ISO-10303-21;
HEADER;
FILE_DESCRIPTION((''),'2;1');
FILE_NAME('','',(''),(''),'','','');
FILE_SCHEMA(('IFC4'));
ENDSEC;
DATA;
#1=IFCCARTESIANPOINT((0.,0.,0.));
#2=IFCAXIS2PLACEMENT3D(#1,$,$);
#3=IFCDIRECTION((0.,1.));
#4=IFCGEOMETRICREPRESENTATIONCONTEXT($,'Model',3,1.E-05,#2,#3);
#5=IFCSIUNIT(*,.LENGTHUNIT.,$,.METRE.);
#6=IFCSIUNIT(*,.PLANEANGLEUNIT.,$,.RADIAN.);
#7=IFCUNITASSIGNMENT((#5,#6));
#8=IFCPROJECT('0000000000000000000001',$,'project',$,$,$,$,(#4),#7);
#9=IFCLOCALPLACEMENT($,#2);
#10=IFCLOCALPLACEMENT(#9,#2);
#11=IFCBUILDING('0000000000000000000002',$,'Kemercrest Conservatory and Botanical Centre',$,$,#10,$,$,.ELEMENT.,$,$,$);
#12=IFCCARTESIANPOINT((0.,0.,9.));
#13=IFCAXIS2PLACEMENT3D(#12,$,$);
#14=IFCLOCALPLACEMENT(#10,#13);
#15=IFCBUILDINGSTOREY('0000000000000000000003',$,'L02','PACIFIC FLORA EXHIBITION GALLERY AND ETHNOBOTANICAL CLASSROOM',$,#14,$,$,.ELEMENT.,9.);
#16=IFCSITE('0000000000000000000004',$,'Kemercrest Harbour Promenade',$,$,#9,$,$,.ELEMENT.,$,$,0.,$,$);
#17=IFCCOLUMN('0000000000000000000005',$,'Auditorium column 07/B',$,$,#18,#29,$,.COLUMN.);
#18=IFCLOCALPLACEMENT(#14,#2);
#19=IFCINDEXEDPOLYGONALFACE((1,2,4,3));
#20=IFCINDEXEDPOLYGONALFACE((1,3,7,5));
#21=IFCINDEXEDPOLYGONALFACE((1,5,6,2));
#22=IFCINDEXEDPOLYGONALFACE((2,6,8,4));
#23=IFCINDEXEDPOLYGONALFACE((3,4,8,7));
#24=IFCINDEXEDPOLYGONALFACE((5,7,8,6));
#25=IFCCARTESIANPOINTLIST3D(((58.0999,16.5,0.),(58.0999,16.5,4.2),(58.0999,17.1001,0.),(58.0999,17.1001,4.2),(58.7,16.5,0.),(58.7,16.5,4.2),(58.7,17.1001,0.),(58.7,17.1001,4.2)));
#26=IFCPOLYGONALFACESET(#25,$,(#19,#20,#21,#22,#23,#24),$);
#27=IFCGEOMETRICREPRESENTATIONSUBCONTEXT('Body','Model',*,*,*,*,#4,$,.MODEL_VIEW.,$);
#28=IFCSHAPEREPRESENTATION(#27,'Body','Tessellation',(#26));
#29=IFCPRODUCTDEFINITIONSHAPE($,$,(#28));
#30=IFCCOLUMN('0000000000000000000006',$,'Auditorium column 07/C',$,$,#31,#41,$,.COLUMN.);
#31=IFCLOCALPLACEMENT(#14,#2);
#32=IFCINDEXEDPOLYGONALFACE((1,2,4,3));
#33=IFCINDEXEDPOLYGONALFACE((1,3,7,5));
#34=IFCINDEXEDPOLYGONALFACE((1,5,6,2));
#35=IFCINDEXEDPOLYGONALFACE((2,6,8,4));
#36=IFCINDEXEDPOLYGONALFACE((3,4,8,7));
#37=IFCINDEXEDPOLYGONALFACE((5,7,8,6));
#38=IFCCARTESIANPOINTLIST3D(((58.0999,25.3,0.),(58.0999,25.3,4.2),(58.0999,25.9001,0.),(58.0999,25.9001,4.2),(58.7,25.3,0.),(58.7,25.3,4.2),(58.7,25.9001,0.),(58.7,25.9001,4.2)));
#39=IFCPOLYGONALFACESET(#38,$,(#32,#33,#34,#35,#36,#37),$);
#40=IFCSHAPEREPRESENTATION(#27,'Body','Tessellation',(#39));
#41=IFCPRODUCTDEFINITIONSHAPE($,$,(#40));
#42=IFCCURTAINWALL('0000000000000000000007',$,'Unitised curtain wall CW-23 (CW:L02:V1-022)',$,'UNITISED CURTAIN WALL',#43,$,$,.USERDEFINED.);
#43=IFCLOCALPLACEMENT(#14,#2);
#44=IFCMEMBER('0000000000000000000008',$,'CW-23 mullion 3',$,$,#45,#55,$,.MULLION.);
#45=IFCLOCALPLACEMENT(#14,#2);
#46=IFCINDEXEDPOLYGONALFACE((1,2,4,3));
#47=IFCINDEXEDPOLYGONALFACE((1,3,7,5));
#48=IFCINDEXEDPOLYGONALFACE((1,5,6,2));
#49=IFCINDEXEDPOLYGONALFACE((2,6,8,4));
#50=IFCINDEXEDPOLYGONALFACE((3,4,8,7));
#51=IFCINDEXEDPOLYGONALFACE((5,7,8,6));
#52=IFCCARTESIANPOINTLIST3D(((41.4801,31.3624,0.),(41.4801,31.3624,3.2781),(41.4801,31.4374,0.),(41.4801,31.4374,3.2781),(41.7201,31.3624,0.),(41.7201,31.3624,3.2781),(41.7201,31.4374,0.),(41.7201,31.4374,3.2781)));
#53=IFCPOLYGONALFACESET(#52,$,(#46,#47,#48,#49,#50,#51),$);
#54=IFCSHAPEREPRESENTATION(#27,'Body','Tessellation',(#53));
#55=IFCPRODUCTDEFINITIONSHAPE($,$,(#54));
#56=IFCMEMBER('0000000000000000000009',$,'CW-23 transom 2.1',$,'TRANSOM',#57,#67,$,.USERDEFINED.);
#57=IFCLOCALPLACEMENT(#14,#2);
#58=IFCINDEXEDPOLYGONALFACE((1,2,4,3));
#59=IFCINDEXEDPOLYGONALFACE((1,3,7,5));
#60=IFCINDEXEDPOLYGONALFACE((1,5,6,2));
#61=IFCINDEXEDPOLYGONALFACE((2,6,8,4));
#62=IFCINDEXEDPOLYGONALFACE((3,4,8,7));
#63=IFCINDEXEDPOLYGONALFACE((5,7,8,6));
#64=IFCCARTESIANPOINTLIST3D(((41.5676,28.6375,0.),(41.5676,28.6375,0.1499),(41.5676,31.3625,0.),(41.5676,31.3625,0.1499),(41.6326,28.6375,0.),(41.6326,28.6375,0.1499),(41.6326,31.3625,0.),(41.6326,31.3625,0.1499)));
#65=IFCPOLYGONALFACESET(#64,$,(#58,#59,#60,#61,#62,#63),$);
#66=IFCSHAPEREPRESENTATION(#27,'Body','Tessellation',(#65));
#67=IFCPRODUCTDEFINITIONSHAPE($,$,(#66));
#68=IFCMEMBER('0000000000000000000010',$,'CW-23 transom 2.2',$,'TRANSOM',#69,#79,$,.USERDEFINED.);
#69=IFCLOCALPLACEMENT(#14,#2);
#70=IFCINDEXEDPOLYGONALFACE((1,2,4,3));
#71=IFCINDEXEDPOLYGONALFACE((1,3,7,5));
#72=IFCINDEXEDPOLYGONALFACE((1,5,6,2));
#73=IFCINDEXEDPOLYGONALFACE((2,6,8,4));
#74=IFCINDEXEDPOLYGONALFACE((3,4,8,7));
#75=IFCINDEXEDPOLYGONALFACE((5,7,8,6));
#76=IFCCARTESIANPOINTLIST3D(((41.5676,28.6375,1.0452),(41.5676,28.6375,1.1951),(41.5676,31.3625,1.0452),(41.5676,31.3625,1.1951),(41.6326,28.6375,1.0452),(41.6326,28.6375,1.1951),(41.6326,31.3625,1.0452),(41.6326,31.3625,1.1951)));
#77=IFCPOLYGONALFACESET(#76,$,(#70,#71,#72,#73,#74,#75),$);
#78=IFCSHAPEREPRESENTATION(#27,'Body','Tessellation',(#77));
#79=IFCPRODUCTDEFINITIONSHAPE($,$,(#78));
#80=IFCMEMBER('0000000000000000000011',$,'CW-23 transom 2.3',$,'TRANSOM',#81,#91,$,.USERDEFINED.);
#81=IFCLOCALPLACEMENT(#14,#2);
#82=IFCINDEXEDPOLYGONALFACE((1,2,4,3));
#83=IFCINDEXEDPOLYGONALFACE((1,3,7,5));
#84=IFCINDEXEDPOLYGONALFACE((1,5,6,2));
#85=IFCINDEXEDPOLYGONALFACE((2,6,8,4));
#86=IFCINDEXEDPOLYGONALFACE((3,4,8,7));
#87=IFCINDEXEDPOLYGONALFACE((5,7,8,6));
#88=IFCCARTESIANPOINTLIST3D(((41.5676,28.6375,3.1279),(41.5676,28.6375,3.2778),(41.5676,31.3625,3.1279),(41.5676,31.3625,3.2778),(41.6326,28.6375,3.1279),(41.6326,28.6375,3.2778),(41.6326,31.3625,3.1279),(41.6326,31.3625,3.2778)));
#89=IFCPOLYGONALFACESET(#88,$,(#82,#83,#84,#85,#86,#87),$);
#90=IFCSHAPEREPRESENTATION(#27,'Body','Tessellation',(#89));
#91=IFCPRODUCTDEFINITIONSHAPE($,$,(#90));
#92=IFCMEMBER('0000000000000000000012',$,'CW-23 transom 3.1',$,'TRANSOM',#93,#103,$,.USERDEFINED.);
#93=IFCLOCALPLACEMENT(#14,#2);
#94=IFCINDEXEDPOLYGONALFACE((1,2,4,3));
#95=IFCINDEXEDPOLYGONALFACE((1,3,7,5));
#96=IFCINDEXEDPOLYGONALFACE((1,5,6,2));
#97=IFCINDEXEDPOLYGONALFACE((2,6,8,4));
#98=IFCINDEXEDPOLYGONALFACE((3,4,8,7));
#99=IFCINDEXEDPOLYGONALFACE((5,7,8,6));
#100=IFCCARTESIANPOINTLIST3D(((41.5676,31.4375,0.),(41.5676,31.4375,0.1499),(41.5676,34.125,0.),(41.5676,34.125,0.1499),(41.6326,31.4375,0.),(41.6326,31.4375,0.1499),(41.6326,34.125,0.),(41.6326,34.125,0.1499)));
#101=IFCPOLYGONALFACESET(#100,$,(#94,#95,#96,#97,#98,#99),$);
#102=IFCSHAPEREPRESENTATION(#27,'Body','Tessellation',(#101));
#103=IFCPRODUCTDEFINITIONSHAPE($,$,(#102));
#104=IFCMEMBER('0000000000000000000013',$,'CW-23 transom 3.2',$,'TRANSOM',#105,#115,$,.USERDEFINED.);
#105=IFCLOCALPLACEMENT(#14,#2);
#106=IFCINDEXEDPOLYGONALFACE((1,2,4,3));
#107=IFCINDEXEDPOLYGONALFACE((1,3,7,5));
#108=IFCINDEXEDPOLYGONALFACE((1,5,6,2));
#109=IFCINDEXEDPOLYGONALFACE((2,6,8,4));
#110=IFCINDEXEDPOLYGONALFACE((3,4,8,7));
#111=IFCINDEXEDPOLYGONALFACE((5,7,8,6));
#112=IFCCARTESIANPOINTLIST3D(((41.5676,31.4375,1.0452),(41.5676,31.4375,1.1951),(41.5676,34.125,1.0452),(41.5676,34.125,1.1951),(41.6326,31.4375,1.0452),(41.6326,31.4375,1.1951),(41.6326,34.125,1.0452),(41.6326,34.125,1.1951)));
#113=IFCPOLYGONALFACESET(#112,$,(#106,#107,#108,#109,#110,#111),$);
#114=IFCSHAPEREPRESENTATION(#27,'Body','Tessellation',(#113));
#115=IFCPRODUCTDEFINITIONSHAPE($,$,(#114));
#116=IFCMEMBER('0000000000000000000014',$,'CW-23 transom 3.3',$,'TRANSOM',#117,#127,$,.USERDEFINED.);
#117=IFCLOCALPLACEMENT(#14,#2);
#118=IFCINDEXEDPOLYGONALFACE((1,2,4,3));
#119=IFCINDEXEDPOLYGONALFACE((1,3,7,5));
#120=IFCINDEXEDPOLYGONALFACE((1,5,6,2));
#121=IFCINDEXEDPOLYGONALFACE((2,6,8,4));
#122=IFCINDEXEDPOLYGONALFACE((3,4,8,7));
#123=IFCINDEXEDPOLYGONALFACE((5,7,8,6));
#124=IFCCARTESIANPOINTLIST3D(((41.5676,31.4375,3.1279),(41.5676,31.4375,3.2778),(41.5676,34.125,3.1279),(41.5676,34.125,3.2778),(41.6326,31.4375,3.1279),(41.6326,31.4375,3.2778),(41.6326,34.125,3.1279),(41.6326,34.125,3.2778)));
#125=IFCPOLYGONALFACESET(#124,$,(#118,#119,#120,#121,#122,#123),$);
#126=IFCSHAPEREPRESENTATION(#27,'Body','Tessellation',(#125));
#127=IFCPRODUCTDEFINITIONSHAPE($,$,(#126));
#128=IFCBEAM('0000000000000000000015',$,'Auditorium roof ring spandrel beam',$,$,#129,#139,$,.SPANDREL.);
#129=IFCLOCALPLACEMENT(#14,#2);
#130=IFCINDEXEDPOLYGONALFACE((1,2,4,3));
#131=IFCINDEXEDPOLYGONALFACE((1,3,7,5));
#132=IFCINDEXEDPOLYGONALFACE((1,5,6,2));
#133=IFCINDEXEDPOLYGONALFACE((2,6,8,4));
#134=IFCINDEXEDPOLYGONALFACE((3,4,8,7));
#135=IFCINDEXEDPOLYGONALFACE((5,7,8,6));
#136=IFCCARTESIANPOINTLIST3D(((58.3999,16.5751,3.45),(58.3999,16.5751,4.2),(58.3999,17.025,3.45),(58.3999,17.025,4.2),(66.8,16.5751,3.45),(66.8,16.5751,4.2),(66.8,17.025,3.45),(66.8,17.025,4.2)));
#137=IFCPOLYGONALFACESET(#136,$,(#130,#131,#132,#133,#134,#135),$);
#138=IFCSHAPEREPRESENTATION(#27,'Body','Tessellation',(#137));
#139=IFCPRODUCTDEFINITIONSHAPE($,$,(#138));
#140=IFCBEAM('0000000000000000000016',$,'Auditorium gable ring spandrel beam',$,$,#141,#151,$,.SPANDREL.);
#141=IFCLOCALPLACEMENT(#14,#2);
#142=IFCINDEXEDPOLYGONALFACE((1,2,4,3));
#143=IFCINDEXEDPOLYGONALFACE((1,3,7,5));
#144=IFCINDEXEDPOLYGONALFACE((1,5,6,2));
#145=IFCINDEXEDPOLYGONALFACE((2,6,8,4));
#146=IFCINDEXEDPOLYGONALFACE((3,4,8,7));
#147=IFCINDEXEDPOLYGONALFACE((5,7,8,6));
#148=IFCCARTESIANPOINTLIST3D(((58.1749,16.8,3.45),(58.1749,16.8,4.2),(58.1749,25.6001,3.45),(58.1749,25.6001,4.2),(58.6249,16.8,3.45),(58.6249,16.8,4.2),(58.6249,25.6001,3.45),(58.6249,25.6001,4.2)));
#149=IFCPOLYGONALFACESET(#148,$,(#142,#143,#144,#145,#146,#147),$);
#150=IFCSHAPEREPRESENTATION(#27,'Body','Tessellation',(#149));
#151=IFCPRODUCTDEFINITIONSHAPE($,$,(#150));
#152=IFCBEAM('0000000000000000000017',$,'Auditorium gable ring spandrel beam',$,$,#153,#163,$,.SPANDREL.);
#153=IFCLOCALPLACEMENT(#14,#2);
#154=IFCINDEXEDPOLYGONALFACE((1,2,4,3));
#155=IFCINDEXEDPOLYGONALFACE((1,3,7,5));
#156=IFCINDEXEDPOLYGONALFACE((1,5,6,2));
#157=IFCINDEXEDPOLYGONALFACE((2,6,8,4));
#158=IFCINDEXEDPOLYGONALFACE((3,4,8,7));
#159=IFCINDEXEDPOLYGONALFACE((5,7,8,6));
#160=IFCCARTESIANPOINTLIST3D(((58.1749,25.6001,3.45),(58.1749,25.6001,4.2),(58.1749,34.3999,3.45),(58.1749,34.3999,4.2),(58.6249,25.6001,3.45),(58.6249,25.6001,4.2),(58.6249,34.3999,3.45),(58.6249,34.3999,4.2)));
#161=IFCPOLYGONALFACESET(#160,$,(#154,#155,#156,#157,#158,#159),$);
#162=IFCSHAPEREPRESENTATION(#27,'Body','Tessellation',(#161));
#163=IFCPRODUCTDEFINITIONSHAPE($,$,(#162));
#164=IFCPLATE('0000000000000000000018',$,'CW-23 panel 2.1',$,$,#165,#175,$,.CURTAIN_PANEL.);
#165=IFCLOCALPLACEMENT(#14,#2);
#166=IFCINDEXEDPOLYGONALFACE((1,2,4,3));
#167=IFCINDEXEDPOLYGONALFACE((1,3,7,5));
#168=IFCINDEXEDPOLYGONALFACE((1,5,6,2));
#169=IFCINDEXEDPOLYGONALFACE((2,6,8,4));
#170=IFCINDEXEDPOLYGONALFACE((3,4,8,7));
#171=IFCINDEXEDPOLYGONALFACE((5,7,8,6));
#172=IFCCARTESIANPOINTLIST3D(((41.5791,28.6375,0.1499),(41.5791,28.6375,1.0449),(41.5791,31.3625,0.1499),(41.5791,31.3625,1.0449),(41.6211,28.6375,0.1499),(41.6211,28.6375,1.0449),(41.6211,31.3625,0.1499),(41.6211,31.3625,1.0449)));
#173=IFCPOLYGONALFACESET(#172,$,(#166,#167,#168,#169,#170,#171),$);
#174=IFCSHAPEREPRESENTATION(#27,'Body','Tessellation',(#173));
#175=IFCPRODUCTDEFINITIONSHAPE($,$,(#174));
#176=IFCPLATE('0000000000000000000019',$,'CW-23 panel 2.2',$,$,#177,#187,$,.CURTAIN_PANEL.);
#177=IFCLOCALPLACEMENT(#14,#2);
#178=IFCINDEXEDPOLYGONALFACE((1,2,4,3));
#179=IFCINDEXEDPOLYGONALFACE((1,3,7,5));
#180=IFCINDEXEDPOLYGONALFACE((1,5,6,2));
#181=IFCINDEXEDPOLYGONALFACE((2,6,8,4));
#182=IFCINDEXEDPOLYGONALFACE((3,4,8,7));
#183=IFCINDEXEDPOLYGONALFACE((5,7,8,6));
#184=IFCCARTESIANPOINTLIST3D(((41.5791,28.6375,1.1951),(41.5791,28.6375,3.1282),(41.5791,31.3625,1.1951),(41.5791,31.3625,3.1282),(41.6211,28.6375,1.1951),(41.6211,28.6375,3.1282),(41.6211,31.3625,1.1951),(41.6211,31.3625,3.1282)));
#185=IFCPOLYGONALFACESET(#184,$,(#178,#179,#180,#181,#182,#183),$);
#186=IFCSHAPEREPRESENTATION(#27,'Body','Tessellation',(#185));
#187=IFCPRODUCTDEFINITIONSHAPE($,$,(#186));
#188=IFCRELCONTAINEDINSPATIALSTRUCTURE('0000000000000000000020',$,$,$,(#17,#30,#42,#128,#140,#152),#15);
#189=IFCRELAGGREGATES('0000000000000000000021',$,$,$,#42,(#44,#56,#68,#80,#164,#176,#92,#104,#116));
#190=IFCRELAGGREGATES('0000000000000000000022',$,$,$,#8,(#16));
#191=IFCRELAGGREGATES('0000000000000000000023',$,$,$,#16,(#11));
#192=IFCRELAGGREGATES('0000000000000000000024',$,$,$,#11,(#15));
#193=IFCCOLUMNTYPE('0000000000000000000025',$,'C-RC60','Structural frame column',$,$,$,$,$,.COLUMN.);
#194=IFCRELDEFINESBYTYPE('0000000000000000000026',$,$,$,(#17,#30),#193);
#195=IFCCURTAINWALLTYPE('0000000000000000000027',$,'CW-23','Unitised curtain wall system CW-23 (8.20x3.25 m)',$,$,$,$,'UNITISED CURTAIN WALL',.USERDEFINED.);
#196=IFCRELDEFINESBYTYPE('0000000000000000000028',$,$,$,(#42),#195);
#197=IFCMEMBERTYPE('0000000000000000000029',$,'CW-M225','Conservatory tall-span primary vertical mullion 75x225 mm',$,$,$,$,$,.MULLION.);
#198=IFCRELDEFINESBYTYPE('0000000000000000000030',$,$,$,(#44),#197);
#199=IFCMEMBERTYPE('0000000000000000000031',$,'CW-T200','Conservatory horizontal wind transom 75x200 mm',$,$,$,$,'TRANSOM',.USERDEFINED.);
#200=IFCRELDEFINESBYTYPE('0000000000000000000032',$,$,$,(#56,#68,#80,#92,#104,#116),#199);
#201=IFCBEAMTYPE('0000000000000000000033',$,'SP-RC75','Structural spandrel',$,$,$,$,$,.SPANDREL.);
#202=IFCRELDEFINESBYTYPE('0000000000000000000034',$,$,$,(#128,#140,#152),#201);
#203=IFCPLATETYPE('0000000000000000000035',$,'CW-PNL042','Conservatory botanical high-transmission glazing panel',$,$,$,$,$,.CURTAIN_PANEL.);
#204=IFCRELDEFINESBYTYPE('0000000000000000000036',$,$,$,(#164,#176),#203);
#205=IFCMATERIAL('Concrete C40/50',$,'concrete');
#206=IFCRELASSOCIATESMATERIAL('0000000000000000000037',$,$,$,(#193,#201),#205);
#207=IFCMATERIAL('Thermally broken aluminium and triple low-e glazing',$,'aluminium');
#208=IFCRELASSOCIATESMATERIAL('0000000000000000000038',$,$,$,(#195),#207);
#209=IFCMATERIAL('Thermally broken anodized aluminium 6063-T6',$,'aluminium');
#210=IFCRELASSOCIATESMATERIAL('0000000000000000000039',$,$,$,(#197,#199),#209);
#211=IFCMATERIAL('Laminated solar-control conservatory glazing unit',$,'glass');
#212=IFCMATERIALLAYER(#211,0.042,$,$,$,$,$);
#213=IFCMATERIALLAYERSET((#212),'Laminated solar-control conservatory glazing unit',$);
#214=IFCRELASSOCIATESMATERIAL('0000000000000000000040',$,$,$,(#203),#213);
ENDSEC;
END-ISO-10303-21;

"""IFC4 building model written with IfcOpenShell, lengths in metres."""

from ifc_helpers import new_model, si_unit, direction, frame, origin, origin_2d, place, context, subcontext, project, spatial, rectangle, extrude, material, layer, layer_set, material_profile, profile_set, type_object, element, aggregate, save


model = new_model("IFC4")

# Units and contexts
model_context = context("Model", 3, precision=1e-05, world=origin(), true_north=direction((0.0, 1.0)))
body_context = subcontext(model_context, "Body", "Model", "MODEL_VIEW")
ifc_project = project(units=[si_unit("LENGTHUNIT", "METRE"), si_unit("PLANEANGLEUNIT", "RADIAN")], contexts=[model_context])

# Site, building, storey
site_placement = place(None, origin())
site = spatial("IfcSite", under=ifc_project, at=site_placement, Name="Kemercrest Harbour Promenade", CompositionType="ELEMENT", RefElevation=0.0)
building_placement = place(site_placement, origin())
building = spatial("IfcBuilding", under=site, at=building_placement, Name="Kemercrest Conservatory and Botanical Centre", CompositionType="ELEMENT")
storey_placement = place(building_placement, frame((0.0, 0.0, 9.0)))
storey = spatial("IfcBuildingStorey", under=building, at=storey_placement, Name="L02", Description="PACIFIC FLORA EXHIBITION GALLERY AND ETHNOBOTANICAL CLASSROOM", CompositionType="ELEMENT", Elevation=9.0)

# Columns
ifc_material_1 = material(Name="Concrete C40/50", Category="concrete")
ifc_material_profile_1 = material_profile(ifc_material_1, rectangle(XDim=0.6001, YDim=0.6001, at=origin_2d()), Name="RC 600x600")
ifc_profile_set_1 = profile_set([ifc_material_profile_1], Name="Concrete C40/50")
column_type = type_object("IfcColumnType", Name="C-RC60", Description="Structural frame column", PredefinedType="COLUMN", material=ifc_profile_set_1)
for number, where, z_axis, x_axis, name in (
    (1, (58.3999, 16.8, 0.0), (0.0, 0.0, 1.0), (1.0, 0.0, 0.0), "Auditorium column 07/B"),
    (2, (58.3999, 25.6001, 0.0), (0.0, 0.0, 1.0), (1.0, 0.0, 0.0), "Auditorium column 07/C"),
):
    element("IfcColumn", number, at=place(storey_placement, frame(where, z_axis=z_axis, x_axis=x_axis)), inside=storey, type_object=column_type, Name=name, PredefinedType="COLUMN", context=body_context, shape_type="SweptSolid", body=[
        extrude(rectangle(XDim=0.6001, YDim=0.6001, at=origin_2d()), origin(), (0.0, 0.0, 1.0), 4.2),
    ])

# Curtain wall, members
ifc_material_2 = material(Name="Thermally broken aluminium and triple low-e glazing", Category="aluminium")
curtain_wall_type = type_object("IfcCurtainWallType", Name="CW-23", Description="Unitised curtain wall system CW-23 (8.20x3.25 m)", ElementType="UNITISED CURTAIN WALL", PredefinedType="USERDEFINED", material=ifc_material_2)
curtain_wall_placement = place(storey_placement, origin())
curtain_wall = element("IfcCurtainWall", 3, at=curtain_wall_placement, inside=storey, type_object=curtain_wall_type, Name="Unitised curtain wall CW-23 (CW:L02:V1-022)", ObjectType="UNITISED CURTAIN WALL", PredefinedType="USERDEFINED")
ifc_material_3 = material(Name="Thermally broken anodized aluminium 6063-T6", Category="aluminium")
ifc_material_profile_2 = material_profile(ifc_material_3, rectangle(XDim=0.24, YDim=0.075, at=origin_2d()), Name="AL MULLION 75x240")
ifc_profile_set_2 = profile_set([ifc_material_profile_2], Name="Thermally broken anodized aluminium 6063-T6")
member_type_1 = type_object("IfcMemberType", Name="CW-M225", Description="Conservatory tall-span primary vertical mullion 75x225 mm", PredefinedType="MULLION", material=ifc_profile_set_2)
member_1_placement = place(storey_placement, frame((41.6001, 31.3999, 0.0), z_axis=(0.0, 0.0, 1.0), x_axis=(-1.0, 0.0, 0.0)))
member_1 = element("IfcMember", 4, at=member_1_placement, type_object=member_type_1, Name="CW-23 mullion 3", PredefinedType="MULLION", context=body_context, shape_type="SweptSolid", body=[
    extrude(rectangle(XDim=0.24, YDim=0.075, at=origin_2d()), origin(), (0.0, 0.0, 1.0), 3.2781),
])
ifc_material_profile_3 = material_profile(ifc_material_3, rectangle(XDim=0.0649, YDim=0.1499, at=origin_2d()), Name="AL TRANSOM 65x150")
ifc_profile_set_3 = profile_set([ifc_material_profile_3], Name="Thermally broken anodized aluminium 6063-T6")
member_type_2 = type_object("IfcMemberType", Name="CW-T200", Description="Conservatory horizontal wind transom 75x200 mm", ElementType="TRANSOM", PredefinedType="USERDEFINED", material=ifc_profile_set_3)
member_2_placement = place(storey_placement, frame((41.6001, 28.6375, 0.075), z_axis=(0.0, 1.0, 0.0), x_axis=(-1.0, 0.0, 0.0)))
member_2 = element("IfcMember", 5, at=member_2_placement, type_object=member_type_2, Name="CW-23 transom 2.1", ObjectType="TRANSOM", PredefinedType="USERDEFINED", context=body_context, shape_type="SweptSolid", body=[
    extrude(rectangle(XDim=0.0649, YDim=0.1499, at=origin_2d()), origin(), (0.0, 0.0, 1.0), 2.7251),
])
member_3_placement = place(storey_placement, frame((41.6001, 28.6375, 1.1201), z_axis=(0.0, 1.0, 0.0), x_axis=(-1.0, 0.0, 0.0)))
member_3 = element("IfcMember", 6, at=member_3_placement, type_object=member_type_2, Name="CW-23 transom 2.2", ObjectType="TRANSOM", PredefinedType="USERDEFINED", context=body_context, shape_type="SweptSolid", body=[
    extrude(rectangle(XDim=0.0649, YDim=0.1499, at=origin_2d()), origin(), (0.0, 0.0, 1.0), 2.7251),
])
member_4_placement = place(storey_placement, frame((41.6001, 28.6375, 3.2029), z_axis=(0.0, 1.0, 0.0), x_axis=(-1.0, 0.0, 0.0)))
member_4 = element("IfcMember", 7, at=member_4_placement, type_object=member_type_2, Name="CW-23 transom 2.3", ObjectType="TRANSOM", PredefinedType="USERDEFINED", context=body_context, shape_type="SweptSolid", body=[
    extrude(rectangle(XDim=0.0649, YDim=0.1499, at=origin_2d()), origin(), (0.0, 0.0, 1.0), 2.7251),
])
member_5_placement = place(storey_placement, frame((41.6001, 31.4375, 0.075), z_axis=(0.0, 1.0, 0.0), x_axis=(-1.0, 0.0, 0.0)))
member_5 = element("IfcMember", 8, at=member_5_placement, type_object=member_type_2, Name="CW-23 transom 3.1", ObjectType="TRANSOM", PredefinedType="USERDEFINED", context=body_context, shape_type="SweptSolid", body=[
    extrude(rectangle(XDim=0.0649, YDim=0.1499, at=origin_2d()), origin(), (0.0, 0.0, 1.0), 2.6875),
])
member_6_placement = place(storey_placement, frame((41.6001, 31.4375, 1.1201), z_axis=(0.0, 1.0, 0.0), x_axis=(-1.0, 0.0, 0.0)))
member_6 = element("IfcMember", 9, at=member_6_placement, type_object=member_type_2, Name="CW-23 transom 3.2", ObjectType="TRANSOM", PredefinedType="USERDEFINED", context=body_context, shape_type="SweptSolid", body=[
    extrude(rectangle(XDim=0.0649, YDim=0.1499, at=origin_2d()), origin(), (0.0, 0.0, 1.0), 2.6875),
])
member_7_placement = place(storey_placement, frame((41.6001, 31.4375, 3.2029), z_axis=(0.0, 1.0, 0.0), x_axis=(-1.0, 0.0, 0.0)))
member_7 = element("IfcMember", 10, at=member_7_placement, type_object=member_type_2, Name="CW-23 transom 3.3", ObjectType="TRANSOM", PredefinedType="USERDEFINED", context=body_context, shape_type="SweptSolid", body=[
    extrude(rectangle(XDim=0.0649, YDim=0.1499, at=origin_2d()), origin(), (0.0, 0.0, 1.0), 2.6875),
])

# Beams
ifc_material_profile_4 = material_profile(ifc_material_1, rectangle(XDim=0.45, YDim=0.75, at=origin_2d()), Name="RC 450x750")
ifc_profile_set_4 = profile_set([ifc_material_profile_4], Name="Concrete C40/50")
beam_type = type_object("IfcBeamType", Name="SP-RC75", Description="Structural spandrel", PredefinedType="SPANDREL", material=ifc_profile_set_4)
beam_1_placement = place(storey_placement, frame((58.3999, 16.8, 3.825), z_axis=(1.0, 0.0, 0.0), x_axis=(0.0, 1.0, 0.0)))
element("IfcBeam", 11, at=beam_1_placement, inside=storey, type_object=beam_type, Name="Auditorium roof ring spandrel beam", PredefinedType="SPANDREL", context=body_context, shape_type="SweptSolid", body=[
    extrude(rectangle(XDim=0.45, YDim=0.75, at=origin_2d()), origin(), (0.0, 0.0, 1.0), 8.4001),
])
beam_2_placement = place(storey_placement, frame((58.3999, 16.8, 3.825), z_axis=(0.0, 1.0, 0.0), x_axis=(-1.0, 0.0, 0.0)))
element("IfcBeam", 12, at=beam_2_placement, inside=storey, type_object=beam_type, Name="Auditorium gable ring spandrel beam", PredefinedType="SPANDREL", context=body_context, shape_type="SweptSolid", body=[
    extrude(rectangle(XDim=0.45, YDim=0.75, at=origin_2d()), origin(), (0.0, 0.0, 1.0), 8.8),
])
beam_3_placement = place(storey_placement, frame((58.3999, 25.6001, 3.825), z_axis=(0.0, 1.0, 0.0), x_axis=(-1.0, 0.0, 0.0)))
element("IfcBeam", 13, at=beam_3_placement, inside=storey, type_object=beam_type, Name="Auditorium gable ring spandrel beam", PredefinedType="SPANDREL", context=body_context, shape_type="SweptSolid", body=[
    extrude(rectangle(XDim=0.45, YDim=0.75, at=origin_2d()), origin(), (0.0, 0.0, 1.0), 8.7998),
])

# Plates
ifc_material_4 = material(Name="Laminated solar-control conservatory glazing unit", Category="glass")
ifc_layer_1 = layer(ifc_material_4, 0.042)
ifc_layer_set_1 = layer_set([ifc_layer_1], Name="Laminated solar-control conservatory glazing unit")
plate_type_1 = type_object("IfcPlateType", Name="CW-PNL042", Description="Conservatory botanical high-transmission glazing panel", PredefinedType="CURTAIN_PANEL", material=ifc_layer_set_1)
plate_1_placement = place(storey_placement, frame((41.6001, 30.0, 0.1499), z_axis=(0.0, 0.0, 1.0), x_axis=(0.0, 1.0, 0.0)))
plate_1 = element("IfcPlate", 14, at=plate_1_placement, type_object=plate_type_1, Name="CW-23 panel 2.1", PredefinedType="CURTAIN_PANEL", context=body_context, shape_type="SweptSolid", body=[
    extrude(rectangle(XDim=2.7251, YDim=0.042, at=origin_2d()), origin(), (0.0, 0.0, 1.0), 0.895),
])
plate_2_placement = place(storey_placement, frame((41.6001, 30.0, 1.1951), z_axis=(0.0, 0.0, 1.0), x_axis=(0.0, 1.0, 0.0)))
plate_2 = element("IfcPlate", 15, at=plate_2_placement, type_object=plate_type_1, Name="CW-23 panel 2.2", PredefinedType="CURTAIN_PANEL", context=body_context, shape_type="SweptSolid", body=[
    extrude(rectangle(XDim=2.7251, YDim=0.042, at=origin_2d()), origin(), (0.0, 0.0, 1.0), 1.9331),
])
aggregate(curtain_wall, [member_1, member_2, member_3, member_4, plate_1, plate_2, member_5, member_6, member_7])

save(model, "model.ifc")
